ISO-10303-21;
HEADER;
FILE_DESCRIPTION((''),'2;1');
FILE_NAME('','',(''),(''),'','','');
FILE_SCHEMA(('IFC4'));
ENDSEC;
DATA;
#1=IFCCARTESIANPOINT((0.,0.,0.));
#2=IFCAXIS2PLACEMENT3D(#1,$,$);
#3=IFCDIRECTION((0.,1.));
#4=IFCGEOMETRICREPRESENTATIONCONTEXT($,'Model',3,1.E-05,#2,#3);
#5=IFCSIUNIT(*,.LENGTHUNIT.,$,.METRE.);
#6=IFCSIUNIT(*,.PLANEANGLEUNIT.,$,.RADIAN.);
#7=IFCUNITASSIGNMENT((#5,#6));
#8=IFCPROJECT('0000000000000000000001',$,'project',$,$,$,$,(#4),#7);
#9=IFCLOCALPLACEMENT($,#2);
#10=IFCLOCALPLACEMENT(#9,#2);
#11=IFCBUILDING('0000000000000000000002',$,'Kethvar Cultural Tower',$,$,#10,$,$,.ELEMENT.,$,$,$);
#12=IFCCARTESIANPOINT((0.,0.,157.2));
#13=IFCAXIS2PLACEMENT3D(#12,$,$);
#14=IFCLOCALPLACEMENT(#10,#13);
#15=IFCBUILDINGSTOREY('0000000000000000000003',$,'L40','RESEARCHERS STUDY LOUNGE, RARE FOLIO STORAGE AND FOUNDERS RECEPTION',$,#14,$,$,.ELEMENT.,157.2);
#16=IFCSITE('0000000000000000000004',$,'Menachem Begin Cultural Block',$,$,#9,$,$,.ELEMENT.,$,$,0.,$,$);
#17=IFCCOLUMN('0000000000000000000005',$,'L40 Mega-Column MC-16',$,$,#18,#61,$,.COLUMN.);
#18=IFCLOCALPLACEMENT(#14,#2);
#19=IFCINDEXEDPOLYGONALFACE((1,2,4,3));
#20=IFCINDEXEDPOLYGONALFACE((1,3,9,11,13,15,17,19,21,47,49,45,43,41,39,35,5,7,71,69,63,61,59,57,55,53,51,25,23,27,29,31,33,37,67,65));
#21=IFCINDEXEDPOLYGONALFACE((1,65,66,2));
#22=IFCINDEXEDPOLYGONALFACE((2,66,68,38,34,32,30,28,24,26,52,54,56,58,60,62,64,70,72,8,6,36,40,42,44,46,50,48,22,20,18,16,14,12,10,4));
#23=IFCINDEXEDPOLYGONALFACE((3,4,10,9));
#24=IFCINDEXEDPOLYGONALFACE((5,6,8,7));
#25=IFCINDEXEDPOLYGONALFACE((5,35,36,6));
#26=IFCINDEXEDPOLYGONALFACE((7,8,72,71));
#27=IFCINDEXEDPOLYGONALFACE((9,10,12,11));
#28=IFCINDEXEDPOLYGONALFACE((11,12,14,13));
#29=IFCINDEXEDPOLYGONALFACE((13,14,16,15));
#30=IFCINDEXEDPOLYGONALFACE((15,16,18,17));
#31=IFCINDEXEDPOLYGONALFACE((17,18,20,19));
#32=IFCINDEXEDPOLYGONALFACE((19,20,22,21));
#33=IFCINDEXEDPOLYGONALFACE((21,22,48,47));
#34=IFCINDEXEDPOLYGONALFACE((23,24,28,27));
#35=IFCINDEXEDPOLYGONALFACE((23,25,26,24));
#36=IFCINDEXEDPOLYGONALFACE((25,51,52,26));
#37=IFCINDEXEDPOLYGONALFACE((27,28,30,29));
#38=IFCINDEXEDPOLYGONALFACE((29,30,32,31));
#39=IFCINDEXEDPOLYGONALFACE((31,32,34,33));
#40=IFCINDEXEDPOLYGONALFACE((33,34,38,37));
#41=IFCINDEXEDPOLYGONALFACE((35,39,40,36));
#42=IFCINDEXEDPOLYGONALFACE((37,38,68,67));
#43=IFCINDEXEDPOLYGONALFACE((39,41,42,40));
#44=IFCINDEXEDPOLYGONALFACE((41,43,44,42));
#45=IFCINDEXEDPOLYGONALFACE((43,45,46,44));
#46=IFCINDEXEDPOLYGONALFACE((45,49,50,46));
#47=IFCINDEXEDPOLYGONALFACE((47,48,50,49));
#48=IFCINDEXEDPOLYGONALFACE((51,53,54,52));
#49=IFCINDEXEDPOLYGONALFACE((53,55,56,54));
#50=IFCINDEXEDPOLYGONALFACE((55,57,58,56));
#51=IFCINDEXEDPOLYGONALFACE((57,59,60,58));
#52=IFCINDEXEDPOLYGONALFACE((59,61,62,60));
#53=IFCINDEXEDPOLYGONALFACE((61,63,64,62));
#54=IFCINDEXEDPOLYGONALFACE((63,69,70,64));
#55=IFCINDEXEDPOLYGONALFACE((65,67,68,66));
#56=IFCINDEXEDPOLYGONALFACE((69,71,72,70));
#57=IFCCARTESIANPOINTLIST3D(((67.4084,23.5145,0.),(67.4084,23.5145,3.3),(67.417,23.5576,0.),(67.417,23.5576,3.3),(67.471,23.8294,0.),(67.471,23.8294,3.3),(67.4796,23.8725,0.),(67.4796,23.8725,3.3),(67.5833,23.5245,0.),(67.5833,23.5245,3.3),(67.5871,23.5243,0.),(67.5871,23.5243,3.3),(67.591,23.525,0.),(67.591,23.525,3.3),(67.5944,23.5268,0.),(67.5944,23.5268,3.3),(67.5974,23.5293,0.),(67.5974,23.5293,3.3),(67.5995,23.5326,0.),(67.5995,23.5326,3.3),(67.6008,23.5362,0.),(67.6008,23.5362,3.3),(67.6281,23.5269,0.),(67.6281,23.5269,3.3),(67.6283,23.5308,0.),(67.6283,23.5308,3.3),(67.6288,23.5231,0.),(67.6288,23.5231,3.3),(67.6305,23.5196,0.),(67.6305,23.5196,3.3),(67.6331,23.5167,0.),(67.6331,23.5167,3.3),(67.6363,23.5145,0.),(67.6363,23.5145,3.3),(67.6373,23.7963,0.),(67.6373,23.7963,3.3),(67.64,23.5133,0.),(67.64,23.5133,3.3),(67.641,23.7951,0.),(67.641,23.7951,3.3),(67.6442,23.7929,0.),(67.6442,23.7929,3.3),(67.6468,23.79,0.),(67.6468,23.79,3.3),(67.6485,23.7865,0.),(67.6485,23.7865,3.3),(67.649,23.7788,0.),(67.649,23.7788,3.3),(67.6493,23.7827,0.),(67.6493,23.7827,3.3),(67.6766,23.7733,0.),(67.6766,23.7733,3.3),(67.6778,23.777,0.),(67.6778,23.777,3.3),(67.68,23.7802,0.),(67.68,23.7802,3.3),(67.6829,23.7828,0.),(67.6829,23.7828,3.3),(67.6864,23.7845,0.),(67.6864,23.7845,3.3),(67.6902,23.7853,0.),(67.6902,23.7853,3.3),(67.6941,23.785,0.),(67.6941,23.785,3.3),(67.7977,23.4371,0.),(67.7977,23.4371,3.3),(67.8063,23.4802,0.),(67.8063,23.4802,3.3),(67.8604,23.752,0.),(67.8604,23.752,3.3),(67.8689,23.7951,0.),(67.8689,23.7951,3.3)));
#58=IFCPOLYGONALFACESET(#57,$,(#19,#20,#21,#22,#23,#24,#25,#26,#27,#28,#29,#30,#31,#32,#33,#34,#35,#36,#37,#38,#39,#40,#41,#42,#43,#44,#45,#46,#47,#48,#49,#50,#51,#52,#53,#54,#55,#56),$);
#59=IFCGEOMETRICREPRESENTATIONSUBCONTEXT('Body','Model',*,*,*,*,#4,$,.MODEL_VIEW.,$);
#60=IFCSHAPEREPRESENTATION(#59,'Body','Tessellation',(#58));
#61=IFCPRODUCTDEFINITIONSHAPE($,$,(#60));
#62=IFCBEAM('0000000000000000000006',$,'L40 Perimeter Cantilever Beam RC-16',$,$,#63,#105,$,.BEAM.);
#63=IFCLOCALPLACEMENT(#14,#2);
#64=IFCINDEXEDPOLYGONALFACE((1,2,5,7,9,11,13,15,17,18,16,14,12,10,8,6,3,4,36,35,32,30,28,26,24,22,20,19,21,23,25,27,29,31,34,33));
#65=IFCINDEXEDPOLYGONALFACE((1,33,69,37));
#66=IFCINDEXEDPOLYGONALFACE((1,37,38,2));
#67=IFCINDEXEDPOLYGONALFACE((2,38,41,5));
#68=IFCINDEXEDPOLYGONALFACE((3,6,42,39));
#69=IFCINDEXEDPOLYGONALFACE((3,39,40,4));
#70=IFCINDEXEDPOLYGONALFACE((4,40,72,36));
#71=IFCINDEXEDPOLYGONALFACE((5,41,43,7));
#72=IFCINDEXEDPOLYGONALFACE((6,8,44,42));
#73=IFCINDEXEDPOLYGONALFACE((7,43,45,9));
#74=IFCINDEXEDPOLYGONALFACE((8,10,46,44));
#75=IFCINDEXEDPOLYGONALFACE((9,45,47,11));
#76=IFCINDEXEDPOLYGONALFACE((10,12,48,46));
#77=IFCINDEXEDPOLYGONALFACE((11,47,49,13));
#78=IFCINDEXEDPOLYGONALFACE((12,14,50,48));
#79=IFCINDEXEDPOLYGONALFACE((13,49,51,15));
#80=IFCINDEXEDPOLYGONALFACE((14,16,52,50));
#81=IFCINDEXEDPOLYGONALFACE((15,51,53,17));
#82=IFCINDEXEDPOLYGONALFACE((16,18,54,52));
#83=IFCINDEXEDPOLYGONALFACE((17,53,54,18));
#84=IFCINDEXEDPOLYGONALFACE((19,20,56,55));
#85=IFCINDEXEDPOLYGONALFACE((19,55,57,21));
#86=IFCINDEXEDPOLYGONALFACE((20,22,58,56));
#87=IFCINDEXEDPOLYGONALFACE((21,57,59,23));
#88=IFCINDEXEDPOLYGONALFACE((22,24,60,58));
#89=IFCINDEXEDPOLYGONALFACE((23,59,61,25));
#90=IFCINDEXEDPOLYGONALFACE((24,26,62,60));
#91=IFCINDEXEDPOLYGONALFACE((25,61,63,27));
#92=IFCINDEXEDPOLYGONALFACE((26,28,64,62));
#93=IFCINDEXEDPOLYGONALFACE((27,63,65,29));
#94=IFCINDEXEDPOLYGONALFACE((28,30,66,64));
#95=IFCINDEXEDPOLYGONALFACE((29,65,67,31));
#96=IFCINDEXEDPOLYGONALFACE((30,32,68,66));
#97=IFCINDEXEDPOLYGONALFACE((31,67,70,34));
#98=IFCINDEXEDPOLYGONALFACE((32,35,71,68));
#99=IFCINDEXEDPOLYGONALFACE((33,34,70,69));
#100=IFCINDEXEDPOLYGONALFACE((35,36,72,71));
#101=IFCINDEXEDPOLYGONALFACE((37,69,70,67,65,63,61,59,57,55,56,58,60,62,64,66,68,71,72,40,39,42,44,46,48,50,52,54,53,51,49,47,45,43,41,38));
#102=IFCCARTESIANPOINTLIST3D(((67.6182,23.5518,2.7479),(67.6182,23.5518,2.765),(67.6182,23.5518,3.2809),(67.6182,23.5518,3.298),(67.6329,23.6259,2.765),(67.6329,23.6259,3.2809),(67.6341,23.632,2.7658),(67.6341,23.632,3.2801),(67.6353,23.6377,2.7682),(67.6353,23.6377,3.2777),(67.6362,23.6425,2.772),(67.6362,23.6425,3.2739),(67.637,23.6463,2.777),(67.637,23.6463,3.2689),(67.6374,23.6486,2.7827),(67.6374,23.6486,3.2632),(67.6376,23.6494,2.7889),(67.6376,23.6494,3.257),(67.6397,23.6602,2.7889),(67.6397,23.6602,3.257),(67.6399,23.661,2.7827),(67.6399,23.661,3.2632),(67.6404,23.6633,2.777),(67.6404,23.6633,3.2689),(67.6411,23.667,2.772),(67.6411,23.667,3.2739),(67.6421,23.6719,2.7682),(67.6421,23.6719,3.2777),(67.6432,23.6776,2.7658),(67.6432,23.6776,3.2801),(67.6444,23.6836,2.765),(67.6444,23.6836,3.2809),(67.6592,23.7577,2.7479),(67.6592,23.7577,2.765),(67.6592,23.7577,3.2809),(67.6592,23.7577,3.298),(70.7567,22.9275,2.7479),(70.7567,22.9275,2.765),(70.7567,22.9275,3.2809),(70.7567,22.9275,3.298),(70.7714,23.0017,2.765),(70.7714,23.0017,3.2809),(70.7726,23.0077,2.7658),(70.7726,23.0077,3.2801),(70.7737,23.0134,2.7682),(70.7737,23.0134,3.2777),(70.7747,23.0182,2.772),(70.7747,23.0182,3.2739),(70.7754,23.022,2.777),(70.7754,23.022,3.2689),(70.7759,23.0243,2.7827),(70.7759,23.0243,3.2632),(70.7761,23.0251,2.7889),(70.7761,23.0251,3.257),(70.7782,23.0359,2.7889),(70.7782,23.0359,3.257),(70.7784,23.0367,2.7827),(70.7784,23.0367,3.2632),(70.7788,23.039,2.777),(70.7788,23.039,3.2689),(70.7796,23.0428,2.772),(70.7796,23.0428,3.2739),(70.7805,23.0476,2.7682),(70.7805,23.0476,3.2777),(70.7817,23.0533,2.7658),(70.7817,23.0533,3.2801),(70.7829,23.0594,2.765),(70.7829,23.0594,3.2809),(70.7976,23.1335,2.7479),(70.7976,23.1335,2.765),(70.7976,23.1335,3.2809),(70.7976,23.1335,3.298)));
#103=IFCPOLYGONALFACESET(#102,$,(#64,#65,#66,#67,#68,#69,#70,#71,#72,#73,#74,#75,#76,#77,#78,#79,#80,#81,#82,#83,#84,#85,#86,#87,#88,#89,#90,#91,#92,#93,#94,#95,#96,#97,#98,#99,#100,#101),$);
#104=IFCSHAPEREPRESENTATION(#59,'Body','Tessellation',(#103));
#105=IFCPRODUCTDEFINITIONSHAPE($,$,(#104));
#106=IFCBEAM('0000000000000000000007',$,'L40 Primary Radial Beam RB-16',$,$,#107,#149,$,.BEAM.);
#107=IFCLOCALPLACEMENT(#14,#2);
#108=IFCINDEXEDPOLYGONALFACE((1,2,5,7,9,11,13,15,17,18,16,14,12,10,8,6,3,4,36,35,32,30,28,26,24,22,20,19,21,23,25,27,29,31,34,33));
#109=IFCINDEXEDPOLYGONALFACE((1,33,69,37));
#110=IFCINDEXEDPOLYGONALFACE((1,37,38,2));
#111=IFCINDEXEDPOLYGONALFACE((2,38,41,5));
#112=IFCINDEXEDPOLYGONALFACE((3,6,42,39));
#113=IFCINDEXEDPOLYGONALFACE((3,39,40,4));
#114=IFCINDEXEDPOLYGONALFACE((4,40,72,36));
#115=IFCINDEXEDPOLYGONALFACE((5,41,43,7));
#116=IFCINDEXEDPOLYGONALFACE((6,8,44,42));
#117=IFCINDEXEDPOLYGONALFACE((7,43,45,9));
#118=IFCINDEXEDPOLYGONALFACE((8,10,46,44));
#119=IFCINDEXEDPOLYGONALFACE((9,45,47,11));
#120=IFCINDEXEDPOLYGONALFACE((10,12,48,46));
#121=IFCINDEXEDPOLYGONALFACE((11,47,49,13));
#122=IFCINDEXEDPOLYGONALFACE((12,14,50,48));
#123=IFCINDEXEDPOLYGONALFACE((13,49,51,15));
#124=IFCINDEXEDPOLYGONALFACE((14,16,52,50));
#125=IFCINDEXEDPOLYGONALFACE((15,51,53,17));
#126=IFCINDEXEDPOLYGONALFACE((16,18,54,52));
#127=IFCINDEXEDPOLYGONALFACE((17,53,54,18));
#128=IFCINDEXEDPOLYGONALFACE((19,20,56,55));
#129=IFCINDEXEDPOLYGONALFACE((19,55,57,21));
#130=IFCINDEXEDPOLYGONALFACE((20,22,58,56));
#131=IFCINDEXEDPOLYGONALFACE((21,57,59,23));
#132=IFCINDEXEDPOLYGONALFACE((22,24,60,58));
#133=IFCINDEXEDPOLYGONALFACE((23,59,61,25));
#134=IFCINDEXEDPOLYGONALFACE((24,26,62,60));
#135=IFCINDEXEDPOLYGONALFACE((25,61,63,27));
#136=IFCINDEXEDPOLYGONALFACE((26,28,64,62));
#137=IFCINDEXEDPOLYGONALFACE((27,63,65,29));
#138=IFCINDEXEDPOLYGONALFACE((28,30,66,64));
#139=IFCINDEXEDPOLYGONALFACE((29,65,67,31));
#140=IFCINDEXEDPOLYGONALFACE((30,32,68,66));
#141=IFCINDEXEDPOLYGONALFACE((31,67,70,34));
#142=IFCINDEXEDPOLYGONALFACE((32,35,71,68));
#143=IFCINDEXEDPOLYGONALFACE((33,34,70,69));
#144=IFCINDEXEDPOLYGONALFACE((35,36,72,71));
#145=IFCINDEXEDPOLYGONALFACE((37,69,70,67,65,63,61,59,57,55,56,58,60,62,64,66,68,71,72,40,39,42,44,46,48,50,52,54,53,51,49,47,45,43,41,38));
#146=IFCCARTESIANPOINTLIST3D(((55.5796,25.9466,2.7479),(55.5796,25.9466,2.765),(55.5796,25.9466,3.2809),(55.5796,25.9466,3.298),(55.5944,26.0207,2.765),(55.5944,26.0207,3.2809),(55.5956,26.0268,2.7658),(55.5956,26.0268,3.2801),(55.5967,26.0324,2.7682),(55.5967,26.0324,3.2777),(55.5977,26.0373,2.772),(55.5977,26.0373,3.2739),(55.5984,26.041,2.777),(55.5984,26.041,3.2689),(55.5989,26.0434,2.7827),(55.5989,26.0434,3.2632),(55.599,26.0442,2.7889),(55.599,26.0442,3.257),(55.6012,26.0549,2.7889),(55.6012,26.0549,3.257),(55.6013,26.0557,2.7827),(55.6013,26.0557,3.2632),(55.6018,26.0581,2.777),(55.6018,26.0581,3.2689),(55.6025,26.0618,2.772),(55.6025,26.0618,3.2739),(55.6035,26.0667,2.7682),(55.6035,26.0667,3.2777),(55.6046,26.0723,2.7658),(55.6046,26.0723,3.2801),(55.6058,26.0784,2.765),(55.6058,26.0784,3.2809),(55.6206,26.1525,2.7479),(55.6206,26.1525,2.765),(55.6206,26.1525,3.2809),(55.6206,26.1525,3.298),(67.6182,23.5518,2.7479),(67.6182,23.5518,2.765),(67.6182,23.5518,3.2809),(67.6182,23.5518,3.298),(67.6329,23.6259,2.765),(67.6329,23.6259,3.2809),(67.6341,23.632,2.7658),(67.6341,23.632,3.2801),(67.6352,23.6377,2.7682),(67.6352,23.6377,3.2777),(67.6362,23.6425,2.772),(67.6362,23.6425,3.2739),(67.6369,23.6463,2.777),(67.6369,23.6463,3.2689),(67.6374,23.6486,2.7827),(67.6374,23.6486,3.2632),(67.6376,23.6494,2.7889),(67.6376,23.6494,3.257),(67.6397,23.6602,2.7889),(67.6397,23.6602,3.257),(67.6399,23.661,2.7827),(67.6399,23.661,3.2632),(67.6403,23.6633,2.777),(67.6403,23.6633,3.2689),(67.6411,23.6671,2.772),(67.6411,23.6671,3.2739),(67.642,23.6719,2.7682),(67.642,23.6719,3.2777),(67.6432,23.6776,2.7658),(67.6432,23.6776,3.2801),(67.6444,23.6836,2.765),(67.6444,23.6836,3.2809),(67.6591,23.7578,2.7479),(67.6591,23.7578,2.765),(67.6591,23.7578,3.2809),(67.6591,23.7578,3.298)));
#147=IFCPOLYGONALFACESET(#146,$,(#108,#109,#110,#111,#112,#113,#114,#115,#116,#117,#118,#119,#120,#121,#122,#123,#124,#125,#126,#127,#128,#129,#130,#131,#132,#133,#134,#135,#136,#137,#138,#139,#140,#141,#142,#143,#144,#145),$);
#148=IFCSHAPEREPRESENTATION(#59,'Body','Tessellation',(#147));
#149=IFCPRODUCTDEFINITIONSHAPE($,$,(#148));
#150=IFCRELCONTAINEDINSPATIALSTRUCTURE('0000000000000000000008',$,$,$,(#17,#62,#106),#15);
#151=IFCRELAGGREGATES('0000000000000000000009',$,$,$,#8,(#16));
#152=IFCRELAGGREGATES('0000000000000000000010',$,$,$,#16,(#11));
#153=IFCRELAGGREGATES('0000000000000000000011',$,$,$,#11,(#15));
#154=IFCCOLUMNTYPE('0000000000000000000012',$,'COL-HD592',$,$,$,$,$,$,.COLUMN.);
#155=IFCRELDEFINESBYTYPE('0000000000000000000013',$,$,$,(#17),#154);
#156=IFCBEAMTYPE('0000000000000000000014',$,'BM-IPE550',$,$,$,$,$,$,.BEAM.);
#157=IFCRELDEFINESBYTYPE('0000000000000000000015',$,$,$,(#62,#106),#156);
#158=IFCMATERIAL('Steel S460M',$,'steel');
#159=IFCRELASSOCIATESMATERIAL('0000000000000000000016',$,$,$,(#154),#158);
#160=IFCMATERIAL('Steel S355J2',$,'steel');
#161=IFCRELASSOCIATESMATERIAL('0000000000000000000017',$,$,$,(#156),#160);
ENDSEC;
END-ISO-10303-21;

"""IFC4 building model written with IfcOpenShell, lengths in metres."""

from ifc_helpers import new_model, si_unit, direction, frame, origin, origin_2d, place, context, subcontext, project, spatial, i_section, extrude, source, transform, mapped, material, material_profile, profile_set, type_object, element, save


model = new_model("IFC4")

# Units and contexts
model_context = context("Model", 3, precision=1e-05, world=origin(), true_north=direction((0.0, 1.0)))
body_context = subcontext(model_context, "Body", "Model", "MODEL_VIEW")
ifc_project = project(units=[si_unit("LENGTHUNIT", "METRE"), si_unit("PLANEANGLEUNIT", "RADIAN")], contexts=[model_context])

# Site, building, storey
site_placement = place(None, origin())
site = spatial("IfcSite", under=ifc_project, at=site_placement, Name="Menachem Begin Cultural Block", CompositionType="ELEMENT", RefElevation=0.0)
building_placement = place(site_placement, origin())
building = spatial("IfcBuilding", under=site, at=building_placement, Name="Kethvar Cultural Tower", CompositionType="ELEMENT")
storey_placement = place(building_placement, frame((0.0, 0.0, 157.2)))
storey = spatial("IfcBuildingStorey", under=building, at=storey_placement, Name="L40", Description="RESEARCHERS STUDY LOUNGE, RARE FOLIO STORAGE AND FOUNDERS RECEPTION", CompositionType="ELEMENT", Elevation=157.2)

# Column
ifc_material_1 = material(Name="Steel S460M", Category="steel")
ifc_material_profile_1 = material_profile(ifc_material_1, i_section(OverallWidth=0.397, OverallDepth=0.365, WebThickness=0.0281, FlangeThickness=0.0439, FilletRadius=0.0149, at=origin_2d()), Name="Steel S460M — HD400x592")
ifc_profile_set_1 = profile_set([ifc_material_profile_1], Name="Steel S460M — HD400x592")
column_type = type_object("IfcColumnType", Name="COL-HD592", PredefinedType="COLUMN", material=ifc_profile_set_1)
shared_shape_1 = source(origin(), body_context, "Body", "SweptSolid", [
    extrude(i_section(OverallWidth=0.397, OverallDepth=0.365, WebThickness=0.0281, FlangeThickness=0.0439, FilletRadius=0.0149, at=origin_2d()), origin(), (0.0, 0.0, 1.0), 3.3),
])
column_placement = place(storey_placement, frame((67.6387, 23.6548, 0.0), z_axis=(0.0, 0.0, 1.0), x_axis=(0.980785, -0.19509, 0.0)))
element("IfcColumn", 1, at=column_placement, inside=storey, type_object=column_type, Name="L40 Mega-Column MC-16", PredefinedType="COLUMN", context=body_context, shape_type="MappedRepresentation", body=[
    mapped(shared_shape_1, transform((0.0, 0.0, 0.0), scale=1.0)),
])

# Beams
ifc_material_2 = material(Name="Steel S355J2", Category="steel")
ifc_material_profile_2 = material_profile(ifc_material_2, i_section(OverallWidth=0.21, OverallDepth=0.55, WebThickness=0.011, FlangeThickness=0.0171, FilletRadius=0.0239, at=origin_2d()), Name="Steel S355J2 — IPE550")
ifc_profile_set_2 = profile_set([ifc_material_profile_2], Name="Steel S355J2 — IPE550")
beam_type_1 = type_object("IfcBeamType", Name="BM-IPE550", PredefinedType="BEAM", material=ifc_profile_set_2)
shared_shape_2 = source(origin(), body_context, "Body", "SweptSolid", [
    extrude(i_section(OverallWidth=0.21, OverallDepth=0.55, WebThickness=0.011, FlangeThickness=0.0171, FilletRadius=0.0239, at=origin_2d()), origin(), (0.0, 0.0, 1.0), 3.2),
])
beam_1_placement = place(storey_placement, frame((67.6387, 23.6548, 3.0229), z_axis=(0.980786, -0.195089, 0.0), x_axis=(0.195089, 0.980786, 0.0)))
element("IfcBeam", 2, at=beam_1_placement, inside=storey, type_object=beam_type_1, Name="L40 Perimeter Cantilever Beam RC-16", PredefinedType="BEAM", context=body_context, shape_type="MappedRepresentation", body=[
    mapped(shared_shape_2, transform((0.0, 0.0, 0.0), scale=1.0)),
])
shared_shape_3 = source(origin(), body_context, "Body", "SweptSolid", [
    extrude(i_section(OverallWidth=0.21, OverallDepth=0.55, WebThickness=0.011, FlangeThickness=0.0171, FilletRadius=0.0239, at=origin_2d()), origin(), (0.0, 0.0, 1.0), 12.2744),
])
beam_2_placement = place(storey_placement, frame((55.6001, 26.0496, 3.0229), z_axis=(0.980783, -0.195102, 0.0), x_axis=(0.195102, 0.980783, 0.0)))
element("IfcBeam", 3, at=beam_2_placement, inside=storey, type_object=beam_type_1, Name="L40 Primary Radial Beam RB-16", PredefinedType="BEAM", context=body_context, shape_type="MappedRepresentation", body=[
    mapped(shared_shape_3, transform((0.0, 0.0, 0.0), scale=1.0)),
])

save(model, "model.ifc")
